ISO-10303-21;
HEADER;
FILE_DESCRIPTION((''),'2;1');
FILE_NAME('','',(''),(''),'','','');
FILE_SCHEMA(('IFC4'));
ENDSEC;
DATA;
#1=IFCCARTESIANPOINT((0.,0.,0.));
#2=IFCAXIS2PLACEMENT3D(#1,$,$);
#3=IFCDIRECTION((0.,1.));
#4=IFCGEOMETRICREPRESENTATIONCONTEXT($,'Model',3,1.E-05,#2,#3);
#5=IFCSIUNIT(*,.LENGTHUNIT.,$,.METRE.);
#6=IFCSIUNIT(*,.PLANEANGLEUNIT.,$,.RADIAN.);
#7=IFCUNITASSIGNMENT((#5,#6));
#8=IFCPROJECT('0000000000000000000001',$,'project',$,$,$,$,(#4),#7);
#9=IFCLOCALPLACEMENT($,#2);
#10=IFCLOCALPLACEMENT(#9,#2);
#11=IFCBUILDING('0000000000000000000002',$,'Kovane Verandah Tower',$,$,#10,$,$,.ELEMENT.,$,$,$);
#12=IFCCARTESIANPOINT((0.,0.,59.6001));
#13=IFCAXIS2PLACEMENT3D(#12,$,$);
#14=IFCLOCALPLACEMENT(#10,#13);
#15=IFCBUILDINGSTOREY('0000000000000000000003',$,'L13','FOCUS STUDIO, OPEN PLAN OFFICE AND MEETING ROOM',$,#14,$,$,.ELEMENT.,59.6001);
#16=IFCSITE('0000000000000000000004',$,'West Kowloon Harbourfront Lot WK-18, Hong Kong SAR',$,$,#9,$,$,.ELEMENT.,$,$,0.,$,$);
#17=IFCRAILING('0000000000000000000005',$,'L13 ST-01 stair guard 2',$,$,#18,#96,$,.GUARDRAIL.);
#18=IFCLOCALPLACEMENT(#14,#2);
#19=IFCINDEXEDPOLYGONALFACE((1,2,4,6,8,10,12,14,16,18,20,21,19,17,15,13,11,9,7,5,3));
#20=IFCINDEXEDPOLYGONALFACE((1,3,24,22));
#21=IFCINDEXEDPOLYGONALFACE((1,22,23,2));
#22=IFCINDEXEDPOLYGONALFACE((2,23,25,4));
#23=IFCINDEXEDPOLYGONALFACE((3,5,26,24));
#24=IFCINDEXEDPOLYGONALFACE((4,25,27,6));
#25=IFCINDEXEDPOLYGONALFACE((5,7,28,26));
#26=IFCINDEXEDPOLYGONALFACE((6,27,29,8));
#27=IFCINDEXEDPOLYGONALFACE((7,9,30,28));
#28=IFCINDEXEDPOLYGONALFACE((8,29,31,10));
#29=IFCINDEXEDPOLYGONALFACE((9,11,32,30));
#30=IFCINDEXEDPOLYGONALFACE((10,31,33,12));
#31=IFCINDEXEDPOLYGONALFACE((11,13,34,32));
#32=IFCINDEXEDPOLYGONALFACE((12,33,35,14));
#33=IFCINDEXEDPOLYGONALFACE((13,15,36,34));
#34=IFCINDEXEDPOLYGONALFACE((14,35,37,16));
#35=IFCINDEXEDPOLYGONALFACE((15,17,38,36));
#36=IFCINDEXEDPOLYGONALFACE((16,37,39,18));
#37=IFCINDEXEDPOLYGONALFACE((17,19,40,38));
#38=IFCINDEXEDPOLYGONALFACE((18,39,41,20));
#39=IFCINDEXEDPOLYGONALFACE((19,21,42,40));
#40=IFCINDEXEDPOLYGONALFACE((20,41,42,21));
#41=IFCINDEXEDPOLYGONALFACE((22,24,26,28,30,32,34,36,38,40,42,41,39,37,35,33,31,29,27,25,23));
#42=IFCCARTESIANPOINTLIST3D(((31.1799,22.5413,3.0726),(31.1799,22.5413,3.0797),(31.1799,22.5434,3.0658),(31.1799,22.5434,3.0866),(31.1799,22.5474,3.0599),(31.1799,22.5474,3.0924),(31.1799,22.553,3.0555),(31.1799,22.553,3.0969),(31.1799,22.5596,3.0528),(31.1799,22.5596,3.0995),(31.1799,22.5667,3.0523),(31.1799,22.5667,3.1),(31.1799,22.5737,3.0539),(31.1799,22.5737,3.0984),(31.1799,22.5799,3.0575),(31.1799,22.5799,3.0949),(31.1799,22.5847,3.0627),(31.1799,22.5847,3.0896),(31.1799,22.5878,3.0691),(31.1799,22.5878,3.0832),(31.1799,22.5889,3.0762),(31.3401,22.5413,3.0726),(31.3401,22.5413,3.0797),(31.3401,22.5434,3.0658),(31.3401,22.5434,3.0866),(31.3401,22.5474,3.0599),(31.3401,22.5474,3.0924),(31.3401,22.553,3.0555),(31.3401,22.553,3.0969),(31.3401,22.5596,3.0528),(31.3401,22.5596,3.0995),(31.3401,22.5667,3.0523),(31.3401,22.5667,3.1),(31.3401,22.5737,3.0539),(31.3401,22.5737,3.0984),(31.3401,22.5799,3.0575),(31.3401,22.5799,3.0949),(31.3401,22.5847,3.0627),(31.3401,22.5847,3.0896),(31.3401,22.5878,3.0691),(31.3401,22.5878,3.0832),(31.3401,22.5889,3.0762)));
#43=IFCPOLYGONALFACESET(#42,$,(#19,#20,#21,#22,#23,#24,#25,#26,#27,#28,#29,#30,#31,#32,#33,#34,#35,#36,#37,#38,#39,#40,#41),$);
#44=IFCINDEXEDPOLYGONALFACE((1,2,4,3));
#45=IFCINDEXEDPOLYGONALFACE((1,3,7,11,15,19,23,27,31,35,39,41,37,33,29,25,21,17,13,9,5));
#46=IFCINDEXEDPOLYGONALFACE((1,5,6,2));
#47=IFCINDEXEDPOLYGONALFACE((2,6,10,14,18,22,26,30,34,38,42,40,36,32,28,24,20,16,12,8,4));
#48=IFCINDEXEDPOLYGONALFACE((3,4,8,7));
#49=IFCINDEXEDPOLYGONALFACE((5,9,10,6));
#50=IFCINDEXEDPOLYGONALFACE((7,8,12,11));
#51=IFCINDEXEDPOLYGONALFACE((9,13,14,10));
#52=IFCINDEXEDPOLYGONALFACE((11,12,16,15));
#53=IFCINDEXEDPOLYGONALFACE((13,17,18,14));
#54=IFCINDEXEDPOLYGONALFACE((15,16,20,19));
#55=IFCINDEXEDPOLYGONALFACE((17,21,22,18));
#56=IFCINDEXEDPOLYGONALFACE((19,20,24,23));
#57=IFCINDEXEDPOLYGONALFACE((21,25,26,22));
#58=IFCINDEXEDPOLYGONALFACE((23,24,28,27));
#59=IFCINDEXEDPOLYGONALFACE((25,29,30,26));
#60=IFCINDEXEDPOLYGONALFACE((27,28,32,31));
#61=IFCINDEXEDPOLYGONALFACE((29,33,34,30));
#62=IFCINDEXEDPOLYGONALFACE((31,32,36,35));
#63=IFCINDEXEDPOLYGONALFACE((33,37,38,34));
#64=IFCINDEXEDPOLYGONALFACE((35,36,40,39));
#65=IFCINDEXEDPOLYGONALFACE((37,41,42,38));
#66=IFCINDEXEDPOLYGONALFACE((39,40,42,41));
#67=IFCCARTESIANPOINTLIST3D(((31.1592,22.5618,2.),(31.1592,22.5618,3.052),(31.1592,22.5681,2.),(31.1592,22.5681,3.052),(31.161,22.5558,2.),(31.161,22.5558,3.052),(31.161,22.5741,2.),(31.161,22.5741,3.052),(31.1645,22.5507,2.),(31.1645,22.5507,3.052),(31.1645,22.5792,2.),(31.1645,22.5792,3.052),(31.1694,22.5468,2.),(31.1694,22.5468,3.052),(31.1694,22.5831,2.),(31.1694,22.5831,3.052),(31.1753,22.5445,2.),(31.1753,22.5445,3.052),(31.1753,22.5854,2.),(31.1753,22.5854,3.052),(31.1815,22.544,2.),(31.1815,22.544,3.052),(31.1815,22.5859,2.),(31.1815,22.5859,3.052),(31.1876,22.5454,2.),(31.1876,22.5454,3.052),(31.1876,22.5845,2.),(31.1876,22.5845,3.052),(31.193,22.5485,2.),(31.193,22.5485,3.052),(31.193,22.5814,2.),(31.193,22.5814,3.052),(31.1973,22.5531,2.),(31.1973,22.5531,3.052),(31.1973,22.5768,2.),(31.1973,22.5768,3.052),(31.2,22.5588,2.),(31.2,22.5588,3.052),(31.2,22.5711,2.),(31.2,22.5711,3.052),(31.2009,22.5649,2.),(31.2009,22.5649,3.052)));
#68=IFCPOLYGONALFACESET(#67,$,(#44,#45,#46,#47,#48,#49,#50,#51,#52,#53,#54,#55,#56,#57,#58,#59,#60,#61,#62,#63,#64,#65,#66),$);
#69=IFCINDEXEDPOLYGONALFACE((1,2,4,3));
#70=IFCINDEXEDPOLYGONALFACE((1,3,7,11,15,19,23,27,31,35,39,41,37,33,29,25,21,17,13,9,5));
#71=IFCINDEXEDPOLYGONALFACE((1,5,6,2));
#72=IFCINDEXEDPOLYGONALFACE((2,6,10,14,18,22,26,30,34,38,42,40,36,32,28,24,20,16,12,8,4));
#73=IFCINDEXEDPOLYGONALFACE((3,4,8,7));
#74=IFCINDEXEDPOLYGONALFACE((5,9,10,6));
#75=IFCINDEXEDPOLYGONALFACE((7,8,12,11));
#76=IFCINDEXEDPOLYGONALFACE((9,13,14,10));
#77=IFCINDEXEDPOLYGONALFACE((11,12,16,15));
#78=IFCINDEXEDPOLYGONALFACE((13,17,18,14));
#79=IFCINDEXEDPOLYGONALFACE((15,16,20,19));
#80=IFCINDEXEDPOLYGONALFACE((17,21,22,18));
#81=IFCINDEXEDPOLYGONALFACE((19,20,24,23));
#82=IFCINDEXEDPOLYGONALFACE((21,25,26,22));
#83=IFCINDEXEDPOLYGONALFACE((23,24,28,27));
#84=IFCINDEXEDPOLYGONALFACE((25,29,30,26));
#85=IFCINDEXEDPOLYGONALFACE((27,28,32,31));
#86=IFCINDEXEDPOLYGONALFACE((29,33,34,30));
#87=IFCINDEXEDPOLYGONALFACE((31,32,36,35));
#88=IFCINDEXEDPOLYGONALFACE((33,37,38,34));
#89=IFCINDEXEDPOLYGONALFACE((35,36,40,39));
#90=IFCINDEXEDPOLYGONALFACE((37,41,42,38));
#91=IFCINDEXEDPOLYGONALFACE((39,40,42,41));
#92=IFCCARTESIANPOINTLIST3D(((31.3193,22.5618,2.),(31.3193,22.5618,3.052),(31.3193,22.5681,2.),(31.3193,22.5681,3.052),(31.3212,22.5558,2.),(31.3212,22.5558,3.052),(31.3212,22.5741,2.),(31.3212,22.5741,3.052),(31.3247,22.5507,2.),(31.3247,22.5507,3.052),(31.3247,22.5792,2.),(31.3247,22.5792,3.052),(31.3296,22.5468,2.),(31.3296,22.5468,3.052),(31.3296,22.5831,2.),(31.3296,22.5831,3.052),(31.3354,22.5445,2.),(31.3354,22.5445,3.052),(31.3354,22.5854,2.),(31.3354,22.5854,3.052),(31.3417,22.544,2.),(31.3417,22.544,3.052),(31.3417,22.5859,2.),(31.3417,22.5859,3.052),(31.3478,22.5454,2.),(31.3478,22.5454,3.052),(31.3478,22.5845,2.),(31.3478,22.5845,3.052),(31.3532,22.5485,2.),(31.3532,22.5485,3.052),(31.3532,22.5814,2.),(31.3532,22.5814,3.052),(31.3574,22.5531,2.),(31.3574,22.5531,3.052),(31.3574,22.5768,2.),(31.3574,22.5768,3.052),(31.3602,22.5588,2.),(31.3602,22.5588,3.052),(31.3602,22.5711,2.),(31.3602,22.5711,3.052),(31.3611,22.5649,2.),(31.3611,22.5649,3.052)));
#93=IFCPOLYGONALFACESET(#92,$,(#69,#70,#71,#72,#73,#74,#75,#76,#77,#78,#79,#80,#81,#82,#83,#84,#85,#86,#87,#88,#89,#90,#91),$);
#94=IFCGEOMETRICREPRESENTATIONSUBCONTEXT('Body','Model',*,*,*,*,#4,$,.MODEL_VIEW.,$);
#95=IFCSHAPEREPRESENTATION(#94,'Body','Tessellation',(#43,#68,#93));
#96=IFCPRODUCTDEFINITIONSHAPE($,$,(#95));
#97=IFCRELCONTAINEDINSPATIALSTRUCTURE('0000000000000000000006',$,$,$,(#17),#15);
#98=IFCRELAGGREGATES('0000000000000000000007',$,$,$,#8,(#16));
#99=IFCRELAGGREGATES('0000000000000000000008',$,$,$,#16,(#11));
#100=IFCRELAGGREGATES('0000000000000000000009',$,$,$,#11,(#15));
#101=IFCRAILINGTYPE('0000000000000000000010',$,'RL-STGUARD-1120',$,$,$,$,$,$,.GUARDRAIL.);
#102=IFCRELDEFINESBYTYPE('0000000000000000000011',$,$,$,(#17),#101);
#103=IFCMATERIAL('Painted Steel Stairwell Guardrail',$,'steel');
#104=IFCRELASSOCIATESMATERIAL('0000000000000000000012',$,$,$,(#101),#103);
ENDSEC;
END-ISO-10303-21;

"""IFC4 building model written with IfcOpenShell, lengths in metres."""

from ifc_helpers import new_model, si_unit, direction, frame, origin, origin_2d, place, context, subcontext, project, spatial, circle, extrude, material, type_object, element, save


model = new_model("IFC4")

# Units and contexts
model_context = context("Model", 3, precision=1e-05, world=origin(), true_north=direction((0.0, 1.0)))
body_context = subcontext(model_context, "Body", "Model", "MODEL_VIEW")
ifc_project = project(units=[si_unit("LENGTHUNIT", "METRE"), si_unit("PLANEANGLEUNIT", "RADIAN")], contexts=[model_context])

# Site, building, storey
site_placement = place(None, origin())
site = spatial("IfcSite", under=ifc_project, at=site_placement, Name="West Kowloon Harbourfront Lot WK-18, Hong Kong SAR", CompositionType="ELEMENT", RefElevation=0.0)
building_placement = place(site_placement, origin())
building = spatial("IfcBuilding", under=site, at=building_placement, Name="Kovane Verandah Tower", CompositionType="ELEMENT")
storey_placement = place(building_placement, frame((0.0, 0.0, 59.6001)))
storey = spatial("IfcBuildingStorey", under=building, at=storey_placement, Name="L13", Description="FOCUS STUDIO, OPEN PLAN OFFICE AND MEETING ROOM", CompositionType="ELEMENT", Elevation=59.6001)

# Railing
ifc_material_1 = material(Name="Painted Steel Stairwell Guardrail", Category="steel")
railing_type_1 = type_object("IfcRailingType", Name="RL-STGUARD-1120", PredefinedType="GUARDRAIL", material=ifc_material_1)
railing_1_placement = place(storey_placement, frame((31.1799, 22.5649, 2.0)))
element("IfcRailing", 1, at=railing_1_placement, inside=storey, type_object=railing_type_1, Name="L13 ST-01 stair guard 2", PredefinedType="GUARDRAIL", context=body_context, shape_type="SweptSolid", body=[
    extrude(circle(Radius=0.0239, at=origin_2d()), frame((0.0, 0.0, 1.0762), z_axis=(1.0, 0.0, 0.0), x_axis=(0.0, 1.0, 0.0)), (0.0, 0.0, 1.0), 0.1602),
    extrude(circle(Radius=0.021, at=origin_2d()), origin(), (0.0, 0.0, 1.0), 1.052),
    extrude(circle(Radius=0.021, at=origin_2d()), frame((0.1602, 0.0, 0.0)), (0.0, 0.0, 1.0), 1.052),
])

save(model, "model.ifc")
